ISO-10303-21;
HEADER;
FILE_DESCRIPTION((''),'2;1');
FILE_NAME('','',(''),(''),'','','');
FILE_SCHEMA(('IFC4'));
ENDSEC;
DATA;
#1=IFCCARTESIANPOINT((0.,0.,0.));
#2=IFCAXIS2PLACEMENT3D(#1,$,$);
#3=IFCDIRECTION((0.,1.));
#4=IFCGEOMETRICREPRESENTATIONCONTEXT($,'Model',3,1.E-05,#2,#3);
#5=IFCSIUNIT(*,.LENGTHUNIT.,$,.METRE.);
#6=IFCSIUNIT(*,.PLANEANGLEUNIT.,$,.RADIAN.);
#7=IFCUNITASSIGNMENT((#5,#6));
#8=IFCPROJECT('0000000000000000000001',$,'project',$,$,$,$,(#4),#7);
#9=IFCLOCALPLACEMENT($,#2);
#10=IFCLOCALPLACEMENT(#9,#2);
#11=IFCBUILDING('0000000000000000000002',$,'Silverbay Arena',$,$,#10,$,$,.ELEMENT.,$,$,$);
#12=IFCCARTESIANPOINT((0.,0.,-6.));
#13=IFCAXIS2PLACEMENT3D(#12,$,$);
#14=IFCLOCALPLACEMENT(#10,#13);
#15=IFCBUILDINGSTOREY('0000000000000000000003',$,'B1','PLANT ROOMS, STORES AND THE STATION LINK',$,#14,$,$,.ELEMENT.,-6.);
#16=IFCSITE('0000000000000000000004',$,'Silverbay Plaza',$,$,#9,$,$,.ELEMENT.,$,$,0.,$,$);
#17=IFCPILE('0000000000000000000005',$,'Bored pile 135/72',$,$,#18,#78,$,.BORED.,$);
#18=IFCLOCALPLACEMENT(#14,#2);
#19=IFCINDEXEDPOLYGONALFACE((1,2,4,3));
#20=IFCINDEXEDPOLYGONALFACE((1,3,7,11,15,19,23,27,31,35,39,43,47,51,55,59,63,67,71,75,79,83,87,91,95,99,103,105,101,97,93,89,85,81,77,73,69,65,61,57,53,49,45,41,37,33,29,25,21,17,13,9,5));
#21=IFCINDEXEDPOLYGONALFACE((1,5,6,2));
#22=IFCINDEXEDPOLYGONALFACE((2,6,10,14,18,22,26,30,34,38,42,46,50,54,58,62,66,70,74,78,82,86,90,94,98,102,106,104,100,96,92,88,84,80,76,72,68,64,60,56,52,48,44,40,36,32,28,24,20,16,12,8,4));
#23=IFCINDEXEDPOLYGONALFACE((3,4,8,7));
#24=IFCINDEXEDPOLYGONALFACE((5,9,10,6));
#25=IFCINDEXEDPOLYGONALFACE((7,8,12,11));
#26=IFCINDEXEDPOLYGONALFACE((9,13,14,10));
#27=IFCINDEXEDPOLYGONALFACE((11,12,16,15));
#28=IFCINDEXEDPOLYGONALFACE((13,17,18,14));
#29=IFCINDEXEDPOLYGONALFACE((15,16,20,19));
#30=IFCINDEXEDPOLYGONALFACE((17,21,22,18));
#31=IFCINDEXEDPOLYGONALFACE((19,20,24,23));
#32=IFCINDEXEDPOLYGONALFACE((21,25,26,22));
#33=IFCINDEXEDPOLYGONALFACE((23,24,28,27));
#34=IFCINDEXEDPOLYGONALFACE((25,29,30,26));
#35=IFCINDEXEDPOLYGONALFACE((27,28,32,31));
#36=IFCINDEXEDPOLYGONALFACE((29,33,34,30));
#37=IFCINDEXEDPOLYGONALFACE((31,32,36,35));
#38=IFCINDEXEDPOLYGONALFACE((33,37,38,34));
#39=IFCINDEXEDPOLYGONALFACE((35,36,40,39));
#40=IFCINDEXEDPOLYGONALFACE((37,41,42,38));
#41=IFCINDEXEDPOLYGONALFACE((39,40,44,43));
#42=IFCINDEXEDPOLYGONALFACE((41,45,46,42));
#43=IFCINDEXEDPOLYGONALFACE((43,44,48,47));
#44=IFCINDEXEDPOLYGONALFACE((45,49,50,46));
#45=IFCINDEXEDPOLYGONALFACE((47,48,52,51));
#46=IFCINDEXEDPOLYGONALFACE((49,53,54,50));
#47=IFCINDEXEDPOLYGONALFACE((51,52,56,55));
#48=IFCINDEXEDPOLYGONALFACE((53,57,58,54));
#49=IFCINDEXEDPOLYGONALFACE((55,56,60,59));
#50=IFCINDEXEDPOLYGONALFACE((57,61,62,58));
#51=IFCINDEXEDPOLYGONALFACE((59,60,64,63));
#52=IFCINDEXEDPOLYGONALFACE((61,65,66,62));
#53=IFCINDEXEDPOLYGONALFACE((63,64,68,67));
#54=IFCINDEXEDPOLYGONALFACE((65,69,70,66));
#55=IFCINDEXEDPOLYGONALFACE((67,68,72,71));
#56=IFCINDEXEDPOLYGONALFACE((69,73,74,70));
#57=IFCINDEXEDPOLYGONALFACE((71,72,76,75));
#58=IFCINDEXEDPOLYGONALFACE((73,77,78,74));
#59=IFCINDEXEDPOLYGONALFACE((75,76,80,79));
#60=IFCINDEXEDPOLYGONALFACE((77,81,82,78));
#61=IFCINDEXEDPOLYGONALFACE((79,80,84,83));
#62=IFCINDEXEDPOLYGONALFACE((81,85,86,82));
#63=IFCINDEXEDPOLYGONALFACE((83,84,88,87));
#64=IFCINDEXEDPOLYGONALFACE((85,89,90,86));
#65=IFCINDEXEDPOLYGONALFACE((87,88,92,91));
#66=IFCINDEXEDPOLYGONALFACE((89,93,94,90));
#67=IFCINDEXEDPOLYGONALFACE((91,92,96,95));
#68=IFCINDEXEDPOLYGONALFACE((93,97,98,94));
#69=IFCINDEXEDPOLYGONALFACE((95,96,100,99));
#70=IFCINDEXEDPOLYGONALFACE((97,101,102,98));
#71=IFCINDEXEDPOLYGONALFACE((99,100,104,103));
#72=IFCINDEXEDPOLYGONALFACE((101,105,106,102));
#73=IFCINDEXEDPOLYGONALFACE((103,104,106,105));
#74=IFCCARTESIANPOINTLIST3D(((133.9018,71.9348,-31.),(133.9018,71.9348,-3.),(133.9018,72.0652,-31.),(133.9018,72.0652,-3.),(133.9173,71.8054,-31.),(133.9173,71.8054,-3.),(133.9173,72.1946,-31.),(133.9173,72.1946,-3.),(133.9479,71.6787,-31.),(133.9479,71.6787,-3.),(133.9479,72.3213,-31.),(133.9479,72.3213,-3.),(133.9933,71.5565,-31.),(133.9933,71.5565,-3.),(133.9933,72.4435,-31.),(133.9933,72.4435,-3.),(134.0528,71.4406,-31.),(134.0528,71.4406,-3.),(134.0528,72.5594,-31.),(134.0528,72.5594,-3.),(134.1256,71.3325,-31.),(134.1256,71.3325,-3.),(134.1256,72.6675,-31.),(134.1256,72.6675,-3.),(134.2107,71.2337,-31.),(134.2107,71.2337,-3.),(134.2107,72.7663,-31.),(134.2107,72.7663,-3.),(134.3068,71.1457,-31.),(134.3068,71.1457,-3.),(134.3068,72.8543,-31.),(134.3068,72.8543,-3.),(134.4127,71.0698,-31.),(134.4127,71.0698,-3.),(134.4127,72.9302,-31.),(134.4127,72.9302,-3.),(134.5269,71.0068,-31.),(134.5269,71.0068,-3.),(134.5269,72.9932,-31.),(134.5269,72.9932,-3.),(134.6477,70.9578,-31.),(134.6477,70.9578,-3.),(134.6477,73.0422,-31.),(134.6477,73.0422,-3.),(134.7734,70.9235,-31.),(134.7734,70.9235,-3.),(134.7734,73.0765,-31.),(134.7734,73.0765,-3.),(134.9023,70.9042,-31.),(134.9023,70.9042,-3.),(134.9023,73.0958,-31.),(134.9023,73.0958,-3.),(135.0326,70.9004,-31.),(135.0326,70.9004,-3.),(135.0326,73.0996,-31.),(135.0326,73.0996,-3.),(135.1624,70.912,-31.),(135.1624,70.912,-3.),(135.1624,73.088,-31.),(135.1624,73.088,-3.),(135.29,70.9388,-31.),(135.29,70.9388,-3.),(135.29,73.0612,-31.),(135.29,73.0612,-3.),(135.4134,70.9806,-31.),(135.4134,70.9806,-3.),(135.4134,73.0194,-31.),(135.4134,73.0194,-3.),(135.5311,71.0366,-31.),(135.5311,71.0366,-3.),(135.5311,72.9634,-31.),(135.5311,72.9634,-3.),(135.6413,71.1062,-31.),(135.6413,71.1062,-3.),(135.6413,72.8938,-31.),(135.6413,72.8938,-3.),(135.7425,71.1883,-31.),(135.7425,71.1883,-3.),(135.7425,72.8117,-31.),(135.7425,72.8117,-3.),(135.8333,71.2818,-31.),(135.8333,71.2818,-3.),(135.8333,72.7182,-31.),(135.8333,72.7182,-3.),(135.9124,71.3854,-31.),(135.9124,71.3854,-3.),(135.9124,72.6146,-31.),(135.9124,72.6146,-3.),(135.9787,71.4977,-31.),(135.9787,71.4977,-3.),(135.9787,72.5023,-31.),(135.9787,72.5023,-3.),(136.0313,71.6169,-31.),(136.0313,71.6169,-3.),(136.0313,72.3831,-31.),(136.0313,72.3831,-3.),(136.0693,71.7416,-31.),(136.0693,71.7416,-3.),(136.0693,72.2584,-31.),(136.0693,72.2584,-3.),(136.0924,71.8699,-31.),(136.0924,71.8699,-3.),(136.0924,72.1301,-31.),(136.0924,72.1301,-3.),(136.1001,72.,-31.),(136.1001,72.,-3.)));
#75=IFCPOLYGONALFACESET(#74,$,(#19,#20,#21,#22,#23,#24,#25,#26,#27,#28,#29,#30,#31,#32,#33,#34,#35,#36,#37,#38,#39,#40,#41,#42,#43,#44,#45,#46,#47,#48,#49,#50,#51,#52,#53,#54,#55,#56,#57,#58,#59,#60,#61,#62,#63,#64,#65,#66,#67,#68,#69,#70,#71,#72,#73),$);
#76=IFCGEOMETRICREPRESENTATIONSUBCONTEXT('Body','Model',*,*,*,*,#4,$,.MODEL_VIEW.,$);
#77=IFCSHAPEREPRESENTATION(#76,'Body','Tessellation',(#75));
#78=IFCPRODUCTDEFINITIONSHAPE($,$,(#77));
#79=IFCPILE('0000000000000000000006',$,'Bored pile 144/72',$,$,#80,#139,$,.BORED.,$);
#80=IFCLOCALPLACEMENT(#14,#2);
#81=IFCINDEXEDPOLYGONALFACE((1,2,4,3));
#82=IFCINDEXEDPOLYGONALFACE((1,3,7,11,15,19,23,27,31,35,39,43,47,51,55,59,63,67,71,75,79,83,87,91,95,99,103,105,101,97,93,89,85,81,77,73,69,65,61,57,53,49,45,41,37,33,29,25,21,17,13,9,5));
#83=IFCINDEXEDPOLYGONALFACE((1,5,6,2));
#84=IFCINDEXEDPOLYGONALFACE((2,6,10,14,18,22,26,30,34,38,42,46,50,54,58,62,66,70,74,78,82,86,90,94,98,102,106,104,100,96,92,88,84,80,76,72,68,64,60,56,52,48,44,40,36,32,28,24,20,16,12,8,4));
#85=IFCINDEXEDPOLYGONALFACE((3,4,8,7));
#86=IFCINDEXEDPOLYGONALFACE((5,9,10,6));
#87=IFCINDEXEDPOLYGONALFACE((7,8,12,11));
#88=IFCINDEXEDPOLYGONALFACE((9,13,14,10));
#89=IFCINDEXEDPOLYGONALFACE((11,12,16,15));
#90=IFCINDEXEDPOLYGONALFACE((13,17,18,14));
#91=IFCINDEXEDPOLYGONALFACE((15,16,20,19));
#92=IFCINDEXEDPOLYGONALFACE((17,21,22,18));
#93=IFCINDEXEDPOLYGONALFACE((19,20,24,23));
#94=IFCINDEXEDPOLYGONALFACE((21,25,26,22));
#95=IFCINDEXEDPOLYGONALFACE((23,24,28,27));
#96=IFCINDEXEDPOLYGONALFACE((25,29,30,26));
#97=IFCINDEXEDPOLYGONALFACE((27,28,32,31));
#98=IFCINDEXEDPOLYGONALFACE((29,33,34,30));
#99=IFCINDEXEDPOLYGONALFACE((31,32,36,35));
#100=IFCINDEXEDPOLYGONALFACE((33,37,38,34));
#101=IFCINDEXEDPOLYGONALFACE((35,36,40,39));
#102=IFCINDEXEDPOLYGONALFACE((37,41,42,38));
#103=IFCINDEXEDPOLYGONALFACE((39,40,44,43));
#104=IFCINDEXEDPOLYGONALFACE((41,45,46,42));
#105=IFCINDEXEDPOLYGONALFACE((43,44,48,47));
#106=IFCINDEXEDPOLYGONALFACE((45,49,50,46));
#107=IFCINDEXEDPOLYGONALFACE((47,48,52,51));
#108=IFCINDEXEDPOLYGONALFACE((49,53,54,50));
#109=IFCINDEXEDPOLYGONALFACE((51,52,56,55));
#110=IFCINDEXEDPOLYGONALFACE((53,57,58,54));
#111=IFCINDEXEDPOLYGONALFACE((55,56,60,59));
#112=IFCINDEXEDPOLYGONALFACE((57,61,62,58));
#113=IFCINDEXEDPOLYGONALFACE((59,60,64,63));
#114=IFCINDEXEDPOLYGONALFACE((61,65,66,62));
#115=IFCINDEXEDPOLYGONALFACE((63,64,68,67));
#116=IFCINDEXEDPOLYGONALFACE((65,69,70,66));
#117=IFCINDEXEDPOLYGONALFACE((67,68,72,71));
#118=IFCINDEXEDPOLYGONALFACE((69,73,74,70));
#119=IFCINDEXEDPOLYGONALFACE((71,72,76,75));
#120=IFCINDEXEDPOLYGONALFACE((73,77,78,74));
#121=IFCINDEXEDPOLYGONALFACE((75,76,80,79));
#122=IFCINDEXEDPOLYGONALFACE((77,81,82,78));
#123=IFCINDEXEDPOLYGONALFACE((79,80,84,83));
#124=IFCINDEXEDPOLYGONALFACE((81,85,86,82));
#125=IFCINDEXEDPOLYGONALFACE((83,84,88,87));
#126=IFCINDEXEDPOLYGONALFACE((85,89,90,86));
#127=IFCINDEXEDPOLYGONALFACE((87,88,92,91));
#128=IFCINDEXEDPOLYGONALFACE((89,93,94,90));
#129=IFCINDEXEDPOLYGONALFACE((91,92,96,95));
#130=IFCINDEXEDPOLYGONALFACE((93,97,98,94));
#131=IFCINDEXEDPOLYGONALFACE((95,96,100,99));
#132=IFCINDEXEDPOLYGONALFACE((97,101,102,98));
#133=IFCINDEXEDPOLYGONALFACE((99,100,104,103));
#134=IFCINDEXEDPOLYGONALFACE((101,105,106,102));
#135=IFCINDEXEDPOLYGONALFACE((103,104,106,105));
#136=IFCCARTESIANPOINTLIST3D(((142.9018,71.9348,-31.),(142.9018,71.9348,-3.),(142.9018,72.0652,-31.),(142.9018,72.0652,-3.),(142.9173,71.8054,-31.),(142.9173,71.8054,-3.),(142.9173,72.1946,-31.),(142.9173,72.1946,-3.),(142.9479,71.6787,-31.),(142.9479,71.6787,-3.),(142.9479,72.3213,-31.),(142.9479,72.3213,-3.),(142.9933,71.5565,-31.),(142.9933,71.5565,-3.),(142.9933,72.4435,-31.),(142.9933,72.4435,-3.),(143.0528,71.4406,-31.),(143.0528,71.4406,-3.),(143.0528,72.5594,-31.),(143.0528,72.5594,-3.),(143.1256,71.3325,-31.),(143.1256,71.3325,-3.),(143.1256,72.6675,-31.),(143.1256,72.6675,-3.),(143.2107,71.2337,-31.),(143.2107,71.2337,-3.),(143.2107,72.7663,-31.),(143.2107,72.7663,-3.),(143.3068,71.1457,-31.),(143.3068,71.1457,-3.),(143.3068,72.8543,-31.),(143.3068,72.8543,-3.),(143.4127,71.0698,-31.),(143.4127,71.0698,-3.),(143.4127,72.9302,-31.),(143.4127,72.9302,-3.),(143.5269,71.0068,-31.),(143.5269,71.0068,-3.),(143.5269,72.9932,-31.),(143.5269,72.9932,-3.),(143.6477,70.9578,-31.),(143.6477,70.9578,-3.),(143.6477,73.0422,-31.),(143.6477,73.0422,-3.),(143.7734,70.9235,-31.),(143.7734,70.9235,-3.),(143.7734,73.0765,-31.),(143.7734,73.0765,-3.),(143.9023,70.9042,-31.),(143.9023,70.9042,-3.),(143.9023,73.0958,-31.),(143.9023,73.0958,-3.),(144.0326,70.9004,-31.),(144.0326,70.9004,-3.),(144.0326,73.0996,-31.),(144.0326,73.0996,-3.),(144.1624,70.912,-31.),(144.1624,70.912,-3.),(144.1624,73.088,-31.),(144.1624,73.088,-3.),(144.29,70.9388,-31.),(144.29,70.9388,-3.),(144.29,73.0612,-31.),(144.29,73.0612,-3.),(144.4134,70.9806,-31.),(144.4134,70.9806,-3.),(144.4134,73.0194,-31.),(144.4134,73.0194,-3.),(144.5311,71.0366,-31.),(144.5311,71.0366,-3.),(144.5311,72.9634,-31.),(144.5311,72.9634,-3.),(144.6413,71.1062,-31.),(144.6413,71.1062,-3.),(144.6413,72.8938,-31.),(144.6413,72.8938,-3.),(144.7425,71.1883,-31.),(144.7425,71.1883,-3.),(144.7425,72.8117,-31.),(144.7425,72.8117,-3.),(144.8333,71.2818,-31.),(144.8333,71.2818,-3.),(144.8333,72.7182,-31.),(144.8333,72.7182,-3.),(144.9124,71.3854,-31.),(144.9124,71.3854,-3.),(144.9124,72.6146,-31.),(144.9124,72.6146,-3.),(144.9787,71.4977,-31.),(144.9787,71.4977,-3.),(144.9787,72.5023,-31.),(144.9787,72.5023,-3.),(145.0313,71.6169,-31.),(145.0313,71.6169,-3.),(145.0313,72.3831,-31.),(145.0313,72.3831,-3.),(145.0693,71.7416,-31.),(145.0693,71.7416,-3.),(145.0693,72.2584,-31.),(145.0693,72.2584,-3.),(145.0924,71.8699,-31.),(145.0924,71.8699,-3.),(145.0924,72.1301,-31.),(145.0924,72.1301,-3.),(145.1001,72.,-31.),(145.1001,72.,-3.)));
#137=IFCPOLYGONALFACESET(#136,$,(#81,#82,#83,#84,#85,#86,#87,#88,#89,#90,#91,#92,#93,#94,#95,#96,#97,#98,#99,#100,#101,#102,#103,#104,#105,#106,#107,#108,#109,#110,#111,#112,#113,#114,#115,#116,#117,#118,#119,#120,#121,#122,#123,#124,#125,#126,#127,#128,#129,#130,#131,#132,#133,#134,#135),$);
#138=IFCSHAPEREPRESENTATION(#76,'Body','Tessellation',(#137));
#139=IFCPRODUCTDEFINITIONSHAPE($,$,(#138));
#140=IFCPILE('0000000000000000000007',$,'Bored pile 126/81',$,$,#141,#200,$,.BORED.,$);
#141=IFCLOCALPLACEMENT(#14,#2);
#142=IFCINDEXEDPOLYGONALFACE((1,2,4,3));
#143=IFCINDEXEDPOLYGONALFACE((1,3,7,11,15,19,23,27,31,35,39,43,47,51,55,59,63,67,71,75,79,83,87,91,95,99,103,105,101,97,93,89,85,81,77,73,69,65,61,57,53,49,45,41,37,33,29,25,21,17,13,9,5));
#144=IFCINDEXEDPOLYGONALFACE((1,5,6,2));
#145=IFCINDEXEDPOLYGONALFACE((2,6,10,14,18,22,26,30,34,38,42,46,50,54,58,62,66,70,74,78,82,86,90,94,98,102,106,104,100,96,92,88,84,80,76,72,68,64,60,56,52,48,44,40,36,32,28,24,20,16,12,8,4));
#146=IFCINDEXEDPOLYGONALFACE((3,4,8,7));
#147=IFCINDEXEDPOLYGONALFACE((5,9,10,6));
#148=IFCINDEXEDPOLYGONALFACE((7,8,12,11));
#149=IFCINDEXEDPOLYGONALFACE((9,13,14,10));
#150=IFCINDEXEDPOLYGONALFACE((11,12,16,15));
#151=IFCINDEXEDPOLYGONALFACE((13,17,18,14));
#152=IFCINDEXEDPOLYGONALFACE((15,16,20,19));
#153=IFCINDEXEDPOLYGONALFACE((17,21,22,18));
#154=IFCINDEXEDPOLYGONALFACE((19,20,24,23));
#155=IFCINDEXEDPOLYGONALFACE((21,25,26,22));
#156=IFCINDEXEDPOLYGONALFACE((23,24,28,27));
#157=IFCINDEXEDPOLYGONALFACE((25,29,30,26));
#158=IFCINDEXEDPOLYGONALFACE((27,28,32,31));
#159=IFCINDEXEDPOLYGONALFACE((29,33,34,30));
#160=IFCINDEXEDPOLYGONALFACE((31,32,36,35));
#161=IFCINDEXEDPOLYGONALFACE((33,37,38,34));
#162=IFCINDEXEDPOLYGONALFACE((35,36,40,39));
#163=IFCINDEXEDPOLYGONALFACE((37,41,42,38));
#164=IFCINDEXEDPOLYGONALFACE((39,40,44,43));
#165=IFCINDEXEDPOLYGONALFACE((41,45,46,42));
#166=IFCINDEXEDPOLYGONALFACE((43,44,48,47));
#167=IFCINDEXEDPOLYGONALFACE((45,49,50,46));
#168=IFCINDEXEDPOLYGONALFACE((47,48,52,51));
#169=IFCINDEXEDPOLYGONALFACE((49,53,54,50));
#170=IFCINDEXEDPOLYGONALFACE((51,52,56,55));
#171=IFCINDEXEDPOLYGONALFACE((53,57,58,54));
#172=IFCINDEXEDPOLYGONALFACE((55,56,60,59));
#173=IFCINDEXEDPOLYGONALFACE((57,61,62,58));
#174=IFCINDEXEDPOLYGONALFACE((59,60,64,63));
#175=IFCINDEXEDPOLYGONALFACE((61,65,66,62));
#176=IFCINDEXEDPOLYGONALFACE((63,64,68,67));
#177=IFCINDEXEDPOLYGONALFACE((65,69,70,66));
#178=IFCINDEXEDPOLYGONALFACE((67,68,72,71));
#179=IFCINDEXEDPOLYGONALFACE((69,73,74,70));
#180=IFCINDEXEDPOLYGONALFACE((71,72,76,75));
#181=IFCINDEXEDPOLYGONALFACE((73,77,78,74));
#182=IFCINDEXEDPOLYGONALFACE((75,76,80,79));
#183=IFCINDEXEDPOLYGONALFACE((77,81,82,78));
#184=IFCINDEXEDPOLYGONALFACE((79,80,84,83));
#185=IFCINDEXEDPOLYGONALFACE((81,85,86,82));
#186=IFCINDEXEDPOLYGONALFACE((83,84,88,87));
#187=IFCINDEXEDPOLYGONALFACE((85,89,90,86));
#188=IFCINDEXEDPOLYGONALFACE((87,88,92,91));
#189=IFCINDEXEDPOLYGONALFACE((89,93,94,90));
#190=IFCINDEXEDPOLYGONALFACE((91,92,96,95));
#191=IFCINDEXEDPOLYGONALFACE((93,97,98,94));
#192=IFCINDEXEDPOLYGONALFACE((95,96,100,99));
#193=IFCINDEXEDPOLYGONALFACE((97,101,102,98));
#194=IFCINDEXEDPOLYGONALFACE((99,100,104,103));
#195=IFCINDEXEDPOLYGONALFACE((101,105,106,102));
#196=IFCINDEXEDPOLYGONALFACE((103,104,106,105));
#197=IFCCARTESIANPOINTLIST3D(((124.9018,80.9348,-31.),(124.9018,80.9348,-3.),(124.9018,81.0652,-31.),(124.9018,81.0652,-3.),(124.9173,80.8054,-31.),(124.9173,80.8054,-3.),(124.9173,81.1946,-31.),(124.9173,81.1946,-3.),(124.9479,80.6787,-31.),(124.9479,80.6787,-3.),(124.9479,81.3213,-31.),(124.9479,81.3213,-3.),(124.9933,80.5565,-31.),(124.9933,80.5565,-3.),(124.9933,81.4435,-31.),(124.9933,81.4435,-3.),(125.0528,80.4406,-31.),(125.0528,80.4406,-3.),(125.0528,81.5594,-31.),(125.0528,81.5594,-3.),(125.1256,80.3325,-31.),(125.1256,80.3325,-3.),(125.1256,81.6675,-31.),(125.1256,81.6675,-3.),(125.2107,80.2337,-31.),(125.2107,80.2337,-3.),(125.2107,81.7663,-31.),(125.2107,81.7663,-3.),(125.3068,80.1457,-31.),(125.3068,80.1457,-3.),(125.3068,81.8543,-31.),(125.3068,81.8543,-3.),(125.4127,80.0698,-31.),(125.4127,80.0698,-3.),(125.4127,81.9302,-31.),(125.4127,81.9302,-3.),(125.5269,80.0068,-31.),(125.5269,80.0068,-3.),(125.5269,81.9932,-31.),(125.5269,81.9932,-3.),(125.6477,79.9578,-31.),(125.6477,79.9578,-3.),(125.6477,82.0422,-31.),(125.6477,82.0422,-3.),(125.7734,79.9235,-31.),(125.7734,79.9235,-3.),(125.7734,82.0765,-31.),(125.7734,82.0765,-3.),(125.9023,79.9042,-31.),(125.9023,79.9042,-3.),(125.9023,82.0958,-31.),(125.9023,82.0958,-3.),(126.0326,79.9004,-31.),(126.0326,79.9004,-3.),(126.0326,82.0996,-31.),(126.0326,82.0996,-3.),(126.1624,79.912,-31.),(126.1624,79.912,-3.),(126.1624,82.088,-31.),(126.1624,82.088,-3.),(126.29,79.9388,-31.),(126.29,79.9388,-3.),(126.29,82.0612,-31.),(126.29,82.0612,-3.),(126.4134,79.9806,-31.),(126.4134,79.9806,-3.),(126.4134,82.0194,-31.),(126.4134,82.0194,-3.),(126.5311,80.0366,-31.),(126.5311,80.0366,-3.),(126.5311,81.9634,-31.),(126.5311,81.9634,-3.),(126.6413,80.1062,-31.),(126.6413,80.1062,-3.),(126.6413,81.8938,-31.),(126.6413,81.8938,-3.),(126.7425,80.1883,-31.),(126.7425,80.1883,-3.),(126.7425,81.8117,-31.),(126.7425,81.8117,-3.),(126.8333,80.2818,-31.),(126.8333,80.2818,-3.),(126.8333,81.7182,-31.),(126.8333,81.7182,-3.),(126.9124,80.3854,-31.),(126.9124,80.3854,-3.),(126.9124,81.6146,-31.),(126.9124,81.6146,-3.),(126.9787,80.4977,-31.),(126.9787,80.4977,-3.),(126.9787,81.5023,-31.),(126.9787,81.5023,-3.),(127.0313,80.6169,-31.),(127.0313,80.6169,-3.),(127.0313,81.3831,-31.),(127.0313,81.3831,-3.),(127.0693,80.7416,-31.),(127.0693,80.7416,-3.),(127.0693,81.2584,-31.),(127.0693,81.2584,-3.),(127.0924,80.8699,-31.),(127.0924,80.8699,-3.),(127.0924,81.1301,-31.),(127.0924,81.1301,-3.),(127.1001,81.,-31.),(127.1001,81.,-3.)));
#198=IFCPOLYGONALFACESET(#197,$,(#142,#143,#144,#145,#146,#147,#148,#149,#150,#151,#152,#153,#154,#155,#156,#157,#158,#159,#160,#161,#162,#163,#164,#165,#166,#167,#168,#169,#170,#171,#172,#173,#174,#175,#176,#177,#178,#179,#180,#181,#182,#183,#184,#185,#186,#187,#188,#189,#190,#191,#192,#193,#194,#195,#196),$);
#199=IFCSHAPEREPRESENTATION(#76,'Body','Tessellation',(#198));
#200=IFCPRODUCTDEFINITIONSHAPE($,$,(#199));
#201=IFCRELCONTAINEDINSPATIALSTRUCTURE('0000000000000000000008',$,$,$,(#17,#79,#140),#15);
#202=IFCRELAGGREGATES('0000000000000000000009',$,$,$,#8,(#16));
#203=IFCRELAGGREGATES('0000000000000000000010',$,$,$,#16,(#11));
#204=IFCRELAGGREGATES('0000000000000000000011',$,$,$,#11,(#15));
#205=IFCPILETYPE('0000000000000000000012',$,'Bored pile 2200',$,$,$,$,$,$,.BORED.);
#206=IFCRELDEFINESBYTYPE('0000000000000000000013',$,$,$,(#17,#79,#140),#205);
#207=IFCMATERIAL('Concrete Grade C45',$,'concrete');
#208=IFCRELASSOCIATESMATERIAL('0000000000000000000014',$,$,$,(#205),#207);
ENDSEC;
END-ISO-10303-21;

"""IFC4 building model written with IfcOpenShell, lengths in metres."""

from ifc_helpers import new_model, si_unit, direction, frame, origin, origin_2d, place, context, subcontext, project, spatial, circle, extrude, material, material_profile, profile_set, type_object, element, save


model = new_model("IFC4")

# Units and contexts
model_context = context("Model", 3, precision=1e-05, world=origin(), true_north=direction((0.0, 1.0)))
body_context = subcontext(model_context, "Body", "Model", "MODEL_VIEW")
ifc_project = project(units=[si_unit("LENGTHUNIT", "METRE"), si_unit("PLANEANGLEUNIT", "RADIAN")], contexts=[model_context])

# Site, building, storey
site_placement = place(None, origin())
site = spatial("IfcSite", under=ifc_project, at=site_placement, Name="Silverbay Plaza", CompositionType="ELEMENT", RefElevation=0.0)
building_placement = place(site_placement, origin())
building = spatial("IfcBuilding", under=site, at=building_placement, Name="Silverbay Arena", CompositionType="ELEMENT")
storey_placement = place(building_placement, frame((0.0, 0.0, -6.0)))
storey = spatial("IfcBuildingStorey", under=building, at=storey_placement, Name="B1", Description="PLANT ROOMS, STORES AND THE STATION LINK", CompositionType="ELEMENT", Elevation=-6.0)

# Piles
ifc_material_1 = material(Name="Concrete Grade C45", Category="concrete")
ifc_material_profile_1 = material_profile(ifc_material_1, circle(Radius=1.1001, at=origin_2d()), Name="Bored pile 2200")
ifc_profile_set_1 = profile_set([ifc_material_profile_1], Name="Concrete Grade C45")
pile_type_1 = type_object("IfcPileType", Name="Bored pile 2200", PredefinedType="BORED", material=ifc_profile_set_1)
for number, where, z_axis, x_axis, name in (
    (1, (135.0, 72.0, -3.0), (0.0, 0.0, -1.0), (1.0, 0.0, 0.0), "Bored pile 135/72"),
    (2, (144.0, 72.0, -3.0), (0.0, 0.0, -1.0), (1.0, 0.0, 0.0), "Bored pile 144/72"),
    (3, (126.0, 81.0, -3.0), (0.0, 0.0, -1.0), (1.0, 0.0, 0.0), "Bored pile 126/81"),
):
    element("IfcPile", number, at=place(storey_placement, frame(where, z_axis=z_axis, x_axis=x_axis)), inside=storey, type_object=pile_type_1, Name=name, PredefinedType="BORED", context=body_context, shape_type="SweptSolid", body=[
        extrude(circle(Radius=1.1001, at=origin_2d()), origin(), (0.0, 0.0, 1.0), 28.0),
    ])

save(model, "model.ifc")
